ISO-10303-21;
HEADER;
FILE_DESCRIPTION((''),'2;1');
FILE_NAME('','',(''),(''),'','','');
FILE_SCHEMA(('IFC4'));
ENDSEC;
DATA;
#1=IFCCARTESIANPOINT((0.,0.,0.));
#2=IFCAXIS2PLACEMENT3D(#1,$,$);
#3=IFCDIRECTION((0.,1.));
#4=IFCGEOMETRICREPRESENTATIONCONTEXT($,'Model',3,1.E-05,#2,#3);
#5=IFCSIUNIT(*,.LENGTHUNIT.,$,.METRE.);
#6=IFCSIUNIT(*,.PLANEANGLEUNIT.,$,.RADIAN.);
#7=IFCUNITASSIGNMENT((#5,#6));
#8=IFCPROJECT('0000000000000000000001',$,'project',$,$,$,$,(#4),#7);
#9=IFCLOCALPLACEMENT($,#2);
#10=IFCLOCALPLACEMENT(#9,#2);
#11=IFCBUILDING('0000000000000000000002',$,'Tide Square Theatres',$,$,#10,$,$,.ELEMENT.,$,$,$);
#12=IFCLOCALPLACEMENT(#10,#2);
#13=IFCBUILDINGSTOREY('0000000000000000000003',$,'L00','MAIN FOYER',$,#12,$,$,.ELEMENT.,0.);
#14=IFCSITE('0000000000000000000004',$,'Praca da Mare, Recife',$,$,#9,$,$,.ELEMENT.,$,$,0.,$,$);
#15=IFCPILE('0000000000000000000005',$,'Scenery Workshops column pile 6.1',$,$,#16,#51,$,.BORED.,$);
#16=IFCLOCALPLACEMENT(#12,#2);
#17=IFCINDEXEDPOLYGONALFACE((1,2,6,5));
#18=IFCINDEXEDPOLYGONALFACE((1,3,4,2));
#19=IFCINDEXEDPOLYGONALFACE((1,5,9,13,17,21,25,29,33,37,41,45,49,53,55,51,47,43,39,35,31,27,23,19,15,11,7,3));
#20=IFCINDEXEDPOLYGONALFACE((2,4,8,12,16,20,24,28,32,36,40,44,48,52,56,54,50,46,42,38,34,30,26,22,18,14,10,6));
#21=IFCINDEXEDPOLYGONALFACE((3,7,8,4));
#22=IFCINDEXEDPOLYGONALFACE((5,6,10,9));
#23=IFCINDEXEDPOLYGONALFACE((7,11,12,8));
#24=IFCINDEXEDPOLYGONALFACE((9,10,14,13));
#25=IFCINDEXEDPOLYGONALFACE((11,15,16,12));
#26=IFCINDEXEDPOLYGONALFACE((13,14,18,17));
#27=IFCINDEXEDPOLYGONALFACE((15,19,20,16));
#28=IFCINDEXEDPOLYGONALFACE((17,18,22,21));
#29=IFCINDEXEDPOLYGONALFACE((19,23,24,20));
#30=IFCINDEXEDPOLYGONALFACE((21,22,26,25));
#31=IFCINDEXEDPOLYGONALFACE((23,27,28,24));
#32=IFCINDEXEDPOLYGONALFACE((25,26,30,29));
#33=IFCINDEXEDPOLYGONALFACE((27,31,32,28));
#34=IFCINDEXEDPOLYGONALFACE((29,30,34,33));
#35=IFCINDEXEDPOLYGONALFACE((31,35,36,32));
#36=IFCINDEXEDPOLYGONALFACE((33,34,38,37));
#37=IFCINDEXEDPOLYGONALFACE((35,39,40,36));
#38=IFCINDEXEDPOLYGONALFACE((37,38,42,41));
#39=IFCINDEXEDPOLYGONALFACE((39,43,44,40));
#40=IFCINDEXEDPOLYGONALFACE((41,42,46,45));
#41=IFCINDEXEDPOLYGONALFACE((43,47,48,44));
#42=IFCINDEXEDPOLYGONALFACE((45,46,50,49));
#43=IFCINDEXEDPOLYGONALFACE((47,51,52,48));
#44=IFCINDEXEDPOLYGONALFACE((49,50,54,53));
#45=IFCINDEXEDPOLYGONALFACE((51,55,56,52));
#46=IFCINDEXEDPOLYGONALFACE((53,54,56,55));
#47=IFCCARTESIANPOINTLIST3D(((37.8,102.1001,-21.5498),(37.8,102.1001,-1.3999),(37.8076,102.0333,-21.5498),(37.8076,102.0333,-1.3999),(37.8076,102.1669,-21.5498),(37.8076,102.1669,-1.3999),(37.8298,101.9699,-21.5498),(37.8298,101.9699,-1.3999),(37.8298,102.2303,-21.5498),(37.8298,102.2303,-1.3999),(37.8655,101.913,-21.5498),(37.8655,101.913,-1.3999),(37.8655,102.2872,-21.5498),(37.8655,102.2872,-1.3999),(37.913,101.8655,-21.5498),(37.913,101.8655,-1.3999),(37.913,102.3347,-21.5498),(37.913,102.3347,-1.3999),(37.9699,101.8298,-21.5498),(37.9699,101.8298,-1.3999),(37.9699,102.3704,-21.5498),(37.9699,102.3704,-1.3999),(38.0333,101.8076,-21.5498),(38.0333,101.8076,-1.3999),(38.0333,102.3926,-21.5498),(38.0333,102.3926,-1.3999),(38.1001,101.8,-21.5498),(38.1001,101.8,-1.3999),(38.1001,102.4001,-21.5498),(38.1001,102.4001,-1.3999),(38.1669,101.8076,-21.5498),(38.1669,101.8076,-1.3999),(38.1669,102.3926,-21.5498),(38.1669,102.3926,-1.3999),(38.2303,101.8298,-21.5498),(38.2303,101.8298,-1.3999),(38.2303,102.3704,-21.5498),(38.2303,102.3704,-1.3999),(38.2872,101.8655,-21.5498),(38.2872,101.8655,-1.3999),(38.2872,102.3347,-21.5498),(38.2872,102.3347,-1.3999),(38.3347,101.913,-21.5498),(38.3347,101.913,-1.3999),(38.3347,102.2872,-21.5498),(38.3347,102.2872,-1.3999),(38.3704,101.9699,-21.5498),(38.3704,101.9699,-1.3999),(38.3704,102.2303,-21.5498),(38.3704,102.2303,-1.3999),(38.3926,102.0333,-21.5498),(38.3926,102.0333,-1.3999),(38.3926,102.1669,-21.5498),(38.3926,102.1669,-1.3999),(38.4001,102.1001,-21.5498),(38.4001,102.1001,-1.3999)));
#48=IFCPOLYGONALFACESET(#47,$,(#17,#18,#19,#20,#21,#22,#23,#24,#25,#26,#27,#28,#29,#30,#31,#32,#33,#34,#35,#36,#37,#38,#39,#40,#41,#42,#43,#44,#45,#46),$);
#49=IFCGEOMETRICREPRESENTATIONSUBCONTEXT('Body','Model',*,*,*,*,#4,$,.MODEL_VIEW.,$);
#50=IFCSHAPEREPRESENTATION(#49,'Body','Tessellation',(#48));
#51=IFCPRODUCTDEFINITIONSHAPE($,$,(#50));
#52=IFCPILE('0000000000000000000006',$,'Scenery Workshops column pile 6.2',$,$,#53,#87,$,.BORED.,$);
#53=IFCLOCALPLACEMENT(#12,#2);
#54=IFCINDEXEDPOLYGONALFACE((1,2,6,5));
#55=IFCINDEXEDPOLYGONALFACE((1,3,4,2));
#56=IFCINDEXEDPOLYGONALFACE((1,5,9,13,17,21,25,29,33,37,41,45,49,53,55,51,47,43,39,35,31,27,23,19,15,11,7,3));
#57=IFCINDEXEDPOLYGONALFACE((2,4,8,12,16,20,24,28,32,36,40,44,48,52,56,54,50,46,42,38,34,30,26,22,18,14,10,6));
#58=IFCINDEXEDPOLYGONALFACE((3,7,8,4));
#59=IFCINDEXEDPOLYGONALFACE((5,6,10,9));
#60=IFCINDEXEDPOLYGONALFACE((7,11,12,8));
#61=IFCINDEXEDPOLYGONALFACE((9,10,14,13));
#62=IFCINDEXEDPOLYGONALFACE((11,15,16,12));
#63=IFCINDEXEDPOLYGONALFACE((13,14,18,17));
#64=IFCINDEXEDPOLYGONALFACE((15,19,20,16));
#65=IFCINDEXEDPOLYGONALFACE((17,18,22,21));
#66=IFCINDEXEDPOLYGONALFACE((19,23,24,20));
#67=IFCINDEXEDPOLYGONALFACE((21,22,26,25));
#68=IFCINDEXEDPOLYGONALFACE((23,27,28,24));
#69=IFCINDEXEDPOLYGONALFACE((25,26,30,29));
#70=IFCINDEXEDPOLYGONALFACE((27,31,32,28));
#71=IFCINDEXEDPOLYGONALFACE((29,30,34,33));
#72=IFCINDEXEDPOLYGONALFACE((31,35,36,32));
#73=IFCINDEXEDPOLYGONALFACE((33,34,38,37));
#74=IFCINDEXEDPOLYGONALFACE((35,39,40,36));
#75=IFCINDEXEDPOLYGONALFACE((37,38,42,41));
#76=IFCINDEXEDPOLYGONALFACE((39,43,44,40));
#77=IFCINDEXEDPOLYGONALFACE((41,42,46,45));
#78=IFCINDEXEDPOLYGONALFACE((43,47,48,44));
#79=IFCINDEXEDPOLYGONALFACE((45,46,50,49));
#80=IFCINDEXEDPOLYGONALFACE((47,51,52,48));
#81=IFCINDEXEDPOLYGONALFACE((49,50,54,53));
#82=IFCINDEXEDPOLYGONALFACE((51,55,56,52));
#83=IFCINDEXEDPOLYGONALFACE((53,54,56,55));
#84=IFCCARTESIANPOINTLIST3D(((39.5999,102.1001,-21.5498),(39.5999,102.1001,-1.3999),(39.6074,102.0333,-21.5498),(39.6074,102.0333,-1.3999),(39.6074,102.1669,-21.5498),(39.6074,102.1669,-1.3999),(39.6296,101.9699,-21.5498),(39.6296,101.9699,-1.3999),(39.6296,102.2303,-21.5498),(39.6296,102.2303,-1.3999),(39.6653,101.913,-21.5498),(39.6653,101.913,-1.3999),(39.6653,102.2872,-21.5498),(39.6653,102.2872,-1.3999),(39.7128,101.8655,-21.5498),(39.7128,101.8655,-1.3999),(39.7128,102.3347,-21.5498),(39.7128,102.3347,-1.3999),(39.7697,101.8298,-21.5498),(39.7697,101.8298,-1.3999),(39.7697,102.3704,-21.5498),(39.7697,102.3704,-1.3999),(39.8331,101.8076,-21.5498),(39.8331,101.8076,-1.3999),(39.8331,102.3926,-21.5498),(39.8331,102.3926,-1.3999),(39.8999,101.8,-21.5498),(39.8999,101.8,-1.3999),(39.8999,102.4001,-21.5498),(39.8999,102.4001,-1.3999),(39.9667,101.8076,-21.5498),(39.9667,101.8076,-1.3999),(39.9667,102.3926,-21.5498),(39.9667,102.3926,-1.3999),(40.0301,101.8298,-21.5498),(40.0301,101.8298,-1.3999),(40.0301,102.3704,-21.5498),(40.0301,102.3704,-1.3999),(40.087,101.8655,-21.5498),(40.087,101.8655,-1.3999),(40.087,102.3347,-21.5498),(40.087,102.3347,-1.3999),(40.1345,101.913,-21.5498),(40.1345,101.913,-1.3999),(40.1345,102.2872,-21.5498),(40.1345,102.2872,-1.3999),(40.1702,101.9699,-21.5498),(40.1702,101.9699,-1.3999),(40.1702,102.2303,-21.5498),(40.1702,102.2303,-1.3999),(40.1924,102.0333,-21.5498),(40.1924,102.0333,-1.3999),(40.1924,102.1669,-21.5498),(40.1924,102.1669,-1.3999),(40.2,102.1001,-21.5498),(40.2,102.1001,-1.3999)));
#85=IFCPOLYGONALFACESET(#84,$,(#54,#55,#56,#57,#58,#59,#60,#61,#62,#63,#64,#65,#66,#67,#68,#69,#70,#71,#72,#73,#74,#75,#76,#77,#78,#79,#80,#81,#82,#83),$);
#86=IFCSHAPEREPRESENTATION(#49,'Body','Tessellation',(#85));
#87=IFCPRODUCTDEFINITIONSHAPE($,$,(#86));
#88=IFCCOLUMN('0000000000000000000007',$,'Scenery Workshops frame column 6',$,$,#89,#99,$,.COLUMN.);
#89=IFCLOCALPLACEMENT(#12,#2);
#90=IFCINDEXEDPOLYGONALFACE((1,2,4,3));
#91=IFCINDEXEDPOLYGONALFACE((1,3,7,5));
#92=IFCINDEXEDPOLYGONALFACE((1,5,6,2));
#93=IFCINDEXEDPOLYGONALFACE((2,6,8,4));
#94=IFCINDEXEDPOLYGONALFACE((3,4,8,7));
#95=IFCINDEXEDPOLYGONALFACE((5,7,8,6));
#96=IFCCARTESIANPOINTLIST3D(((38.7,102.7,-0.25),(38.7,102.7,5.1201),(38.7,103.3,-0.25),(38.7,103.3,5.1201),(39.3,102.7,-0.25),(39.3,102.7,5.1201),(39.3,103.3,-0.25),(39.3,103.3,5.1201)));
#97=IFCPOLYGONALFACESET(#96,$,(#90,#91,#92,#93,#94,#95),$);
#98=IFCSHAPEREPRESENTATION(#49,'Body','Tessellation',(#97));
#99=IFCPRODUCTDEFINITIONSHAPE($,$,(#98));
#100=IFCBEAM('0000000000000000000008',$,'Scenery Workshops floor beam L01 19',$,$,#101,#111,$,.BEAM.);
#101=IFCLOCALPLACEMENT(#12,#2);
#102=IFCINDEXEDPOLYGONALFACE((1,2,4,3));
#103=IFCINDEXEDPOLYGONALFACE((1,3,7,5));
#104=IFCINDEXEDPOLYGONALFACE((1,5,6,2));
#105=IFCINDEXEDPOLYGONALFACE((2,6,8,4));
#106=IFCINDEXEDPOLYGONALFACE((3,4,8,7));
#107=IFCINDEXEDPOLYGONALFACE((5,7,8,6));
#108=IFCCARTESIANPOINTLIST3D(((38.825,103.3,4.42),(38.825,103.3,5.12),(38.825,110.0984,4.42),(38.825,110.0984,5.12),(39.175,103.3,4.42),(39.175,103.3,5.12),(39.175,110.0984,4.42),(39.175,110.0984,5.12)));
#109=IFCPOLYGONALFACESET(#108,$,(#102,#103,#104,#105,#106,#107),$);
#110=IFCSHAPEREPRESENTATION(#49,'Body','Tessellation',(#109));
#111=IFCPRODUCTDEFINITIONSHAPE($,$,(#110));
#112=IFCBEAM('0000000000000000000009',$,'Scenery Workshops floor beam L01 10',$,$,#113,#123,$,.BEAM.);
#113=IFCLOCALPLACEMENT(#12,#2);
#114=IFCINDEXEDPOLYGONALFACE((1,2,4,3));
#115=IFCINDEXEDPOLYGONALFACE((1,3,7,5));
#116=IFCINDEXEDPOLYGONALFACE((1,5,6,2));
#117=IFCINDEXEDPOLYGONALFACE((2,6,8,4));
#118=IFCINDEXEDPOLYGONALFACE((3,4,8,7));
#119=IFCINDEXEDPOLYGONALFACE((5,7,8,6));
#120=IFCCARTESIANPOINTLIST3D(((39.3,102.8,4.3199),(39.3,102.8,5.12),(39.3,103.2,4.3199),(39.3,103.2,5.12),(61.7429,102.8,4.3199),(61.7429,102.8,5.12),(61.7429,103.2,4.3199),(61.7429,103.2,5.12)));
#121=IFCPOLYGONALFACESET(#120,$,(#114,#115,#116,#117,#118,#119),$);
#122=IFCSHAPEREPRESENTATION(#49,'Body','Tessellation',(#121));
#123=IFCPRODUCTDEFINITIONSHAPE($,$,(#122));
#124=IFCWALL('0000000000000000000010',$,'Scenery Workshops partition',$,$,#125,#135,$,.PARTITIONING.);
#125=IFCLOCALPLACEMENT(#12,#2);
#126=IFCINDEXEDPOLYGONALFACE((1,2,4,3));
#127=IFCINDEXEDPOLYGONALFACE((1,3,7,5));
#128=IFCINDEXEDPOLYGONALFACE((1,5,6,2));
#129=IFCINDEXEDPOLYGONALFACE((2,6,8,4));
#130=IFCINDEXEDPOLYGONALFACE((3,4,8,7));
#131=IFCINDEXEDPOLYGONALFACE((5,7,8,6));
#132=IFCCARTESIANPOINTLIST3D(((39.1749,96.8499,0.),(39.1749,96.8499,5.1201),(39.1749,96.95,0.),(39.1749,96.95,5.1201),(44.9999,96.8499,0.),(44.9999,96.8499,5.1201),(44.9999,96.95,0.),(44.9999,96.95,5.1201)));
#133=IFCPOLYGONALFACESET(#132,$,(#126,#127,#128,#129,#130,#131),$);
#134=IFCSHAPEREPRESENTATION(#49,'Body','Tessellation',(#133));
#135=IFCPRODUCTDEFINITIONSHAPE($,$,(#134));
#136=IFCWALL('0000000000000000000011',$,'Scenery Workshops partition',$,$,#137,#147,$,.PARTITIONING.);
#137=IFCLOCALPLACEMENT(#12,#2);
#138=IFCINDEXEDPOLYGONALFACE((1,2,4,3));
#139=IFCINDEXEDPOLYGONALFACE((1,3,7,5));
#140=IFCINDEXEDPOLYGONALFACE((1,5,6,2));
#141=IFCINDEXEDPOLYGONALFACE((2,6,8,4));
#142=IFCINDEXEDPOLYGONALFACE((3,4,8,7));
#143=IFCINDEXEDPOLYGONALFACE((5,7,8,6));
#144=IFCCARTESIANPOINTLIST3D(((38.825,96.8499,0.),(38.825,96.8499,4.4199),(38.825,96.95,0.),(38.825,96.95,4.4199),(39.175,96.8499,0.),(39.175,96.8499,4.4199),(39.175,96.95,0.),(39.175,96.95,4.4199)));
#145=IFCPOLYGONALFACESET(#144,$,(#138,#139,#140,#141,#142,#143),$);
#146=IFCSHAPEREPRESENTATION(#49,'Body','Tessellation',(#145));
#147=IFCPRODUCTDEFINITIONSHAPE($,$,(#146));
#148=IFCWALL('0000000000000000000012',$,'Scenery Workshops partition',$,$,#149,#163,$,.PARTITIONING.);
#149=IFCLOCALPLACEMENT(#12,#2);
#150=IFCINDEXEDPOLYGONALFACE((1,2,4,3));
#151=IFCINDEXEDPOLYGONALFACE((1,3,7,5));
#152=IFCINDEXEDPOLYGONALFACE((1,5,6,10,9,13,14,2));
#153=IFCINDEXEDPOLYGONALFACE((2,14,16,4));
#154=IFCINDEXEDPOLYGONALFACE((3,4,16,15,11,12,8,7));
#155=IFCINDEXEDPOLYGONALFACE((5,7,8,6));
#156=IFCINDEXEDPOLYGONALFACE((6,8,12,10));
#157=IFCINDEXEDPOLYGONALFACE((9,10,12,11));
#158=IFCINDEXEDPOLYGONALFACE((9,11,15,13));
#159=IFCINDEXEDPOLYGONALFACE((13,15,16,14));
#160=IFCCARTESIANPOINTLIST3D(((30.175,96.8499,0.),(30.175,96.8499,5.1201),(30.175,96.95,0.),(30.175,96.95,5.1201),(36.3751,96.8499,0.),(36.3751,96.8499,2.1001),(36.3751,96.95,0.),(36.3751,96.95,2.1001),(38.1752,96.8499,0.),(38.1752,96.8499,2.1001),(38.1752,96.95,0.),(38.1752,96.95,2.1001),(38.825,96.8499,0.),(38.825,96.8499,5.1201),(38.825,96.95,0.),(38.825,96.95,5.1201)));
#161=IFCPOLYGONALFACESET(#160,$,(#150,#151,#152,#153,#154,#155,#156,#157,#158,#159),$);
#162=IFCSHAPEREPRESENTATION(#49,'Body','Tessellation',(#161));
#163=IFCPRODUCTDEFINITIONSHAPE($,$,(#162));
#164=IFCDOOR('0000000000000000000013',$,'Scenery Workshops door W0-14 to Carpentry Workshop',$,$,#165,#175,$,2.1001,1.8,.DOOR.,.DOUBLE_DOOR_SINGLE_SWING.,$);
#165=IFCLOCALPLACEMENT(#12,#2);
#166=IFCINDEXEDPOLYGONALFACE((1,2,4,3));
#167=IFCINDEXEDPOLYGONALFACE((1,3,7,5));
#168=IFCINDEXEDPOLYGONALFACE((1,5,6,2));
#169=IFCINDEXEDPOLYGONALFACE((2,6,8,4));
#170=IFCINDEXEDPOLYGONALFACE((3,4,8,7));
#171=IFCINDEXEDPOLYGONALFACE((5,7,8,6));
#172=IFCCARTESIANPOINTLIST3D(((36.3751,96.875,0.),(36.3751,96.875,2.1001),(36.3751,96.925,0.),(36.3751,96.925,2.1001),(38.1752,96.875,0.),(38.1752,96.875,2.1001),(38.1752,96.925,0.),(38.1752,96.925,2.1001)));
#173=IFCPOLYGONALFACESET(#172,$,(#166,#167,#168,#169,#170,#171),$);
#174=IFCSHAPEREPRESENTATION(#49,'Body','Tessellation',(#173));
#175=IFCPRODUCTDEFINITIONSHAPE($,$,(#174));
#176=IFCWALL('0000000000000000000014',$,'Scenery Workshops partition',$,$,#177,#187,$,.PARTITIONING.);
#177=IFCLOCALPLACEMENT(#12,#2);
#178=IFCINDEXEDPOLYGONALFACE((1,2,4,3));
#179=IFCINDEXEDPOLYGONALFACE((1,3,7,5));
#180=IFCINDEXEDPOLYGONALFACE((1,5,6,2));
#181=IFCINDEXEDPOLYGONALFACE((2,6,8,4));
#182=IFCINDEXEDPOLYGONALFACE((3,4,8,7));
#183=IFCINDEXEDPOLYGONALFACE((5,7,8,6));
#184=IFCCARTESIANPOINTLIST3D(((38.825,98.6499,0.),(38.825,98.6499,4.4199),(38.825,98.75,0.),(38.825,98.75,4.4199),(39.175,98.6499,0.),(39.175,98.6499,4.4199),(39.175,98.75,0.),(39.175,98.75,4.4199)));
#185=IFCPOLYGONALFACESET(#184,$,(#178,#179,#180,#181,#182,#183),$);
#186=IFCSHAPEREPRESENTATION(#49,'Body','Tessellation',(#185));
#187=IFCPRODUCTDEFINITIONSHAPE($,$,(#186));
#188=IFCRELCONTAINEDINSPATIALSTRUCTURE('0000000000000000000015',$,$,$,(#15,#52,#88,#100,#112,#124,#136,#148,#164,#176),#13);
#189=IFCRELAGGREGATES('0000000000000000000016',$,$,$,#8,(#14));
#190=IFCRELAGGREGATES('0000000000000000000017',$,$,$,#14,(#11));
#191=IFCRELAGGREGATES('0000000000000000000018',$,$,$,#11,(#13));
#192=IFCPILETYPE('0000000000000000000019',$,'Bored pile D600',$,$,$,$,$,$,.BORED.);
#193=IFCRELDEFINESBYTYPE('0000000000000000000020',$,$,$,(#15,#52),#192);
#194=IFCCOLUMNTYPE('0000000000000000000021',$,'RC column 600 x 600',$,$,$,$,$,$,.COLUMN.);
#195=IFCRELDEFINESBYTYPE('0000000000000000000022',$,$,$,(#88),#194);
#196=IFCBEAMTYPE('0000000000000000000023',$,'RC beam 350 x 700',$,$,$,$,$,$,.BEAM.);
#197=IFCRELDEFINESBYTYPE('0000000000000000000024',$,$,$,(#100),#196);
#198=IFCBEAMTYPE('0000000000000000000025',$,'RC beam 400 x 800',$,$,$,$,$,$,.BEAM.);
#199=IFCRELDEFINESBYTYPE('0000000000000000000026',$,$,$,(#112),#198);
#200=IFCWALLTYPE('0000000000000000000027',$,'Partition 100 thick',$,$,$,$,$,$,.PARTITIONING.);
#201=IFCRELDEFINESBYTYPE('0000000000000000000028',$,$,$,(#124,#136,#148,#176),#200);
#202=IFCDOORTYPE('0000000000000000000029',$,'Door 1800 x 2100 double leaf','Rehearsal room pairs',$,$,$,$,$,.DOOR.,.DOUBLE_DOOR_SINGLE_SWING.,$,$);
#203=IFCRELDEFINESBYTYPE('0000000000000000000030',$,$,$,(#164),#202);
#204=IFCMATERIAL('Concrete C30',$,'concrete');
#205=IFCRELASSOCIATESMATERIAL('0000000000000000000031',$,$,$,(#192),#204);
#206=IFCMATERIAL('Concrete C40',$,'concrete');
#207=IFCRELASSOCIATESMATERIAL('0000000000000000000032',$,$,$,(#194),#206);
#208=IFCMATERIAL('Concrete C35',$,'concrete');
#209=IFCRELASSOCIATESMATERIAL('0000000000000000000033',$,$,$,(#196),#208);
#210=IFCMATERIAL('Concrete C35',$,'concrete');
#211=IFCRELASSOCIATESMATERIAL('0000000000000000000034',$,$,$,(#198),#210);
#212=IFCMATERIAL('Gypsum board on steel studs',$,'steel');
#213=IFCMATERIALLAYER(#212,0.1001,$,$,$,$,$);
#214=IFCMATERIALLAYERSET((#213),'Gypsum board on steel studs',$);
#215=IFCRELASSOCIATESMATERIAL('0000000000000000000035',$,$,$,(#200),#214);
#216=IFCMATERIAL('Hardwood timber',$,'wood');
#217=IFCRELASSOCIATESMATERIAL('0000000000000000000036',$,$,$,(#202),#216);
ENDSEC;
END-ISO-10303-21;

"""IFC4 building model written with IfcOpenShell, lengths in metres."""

from ifc_helpers import new_model, si_unit, direction, frame, frame_2d, origin, origin_2d, place, context, subcontext, project, spatial, rectangle, circle, extrude, material, layer, layer_set, material_profile, profile_set, type_object, element, fill, save


model = new_model("IFC4")

# Units and contexts
model_context = context("Model", 3, precision=1e-05, world=origin(), true_north=direction((0.0, 1.0)))
body_context = subcontext(model_context, "Body", "Model", "MODEL_VIEW")
ifc_project = project(units=[si_unit("LENGTHUNIT", "METRE"), si_unit("PLANEANGLEUNIT", "RADIAN")], contexts=[model_context])

# Site, building, storey
site_placement = place(None, origin())
site = spatial("IfcSite", under=ifc_project, at=site_placement, Name="Praca da Mare, Recife", CompositionType="ELEMENT", RefElevation=0.0)
building_placement = place(site_placement, origin())
building = spatial("IfcBuilding", under=site, at=building_placement, Name="Tide Square Theatres", CompositionType="ELEMENT")
storey_placement = place(building_placement, origin())
storey = spatial("IfcBuildingStorey", under=building, at=storey_placement, Name="L00", Description="MAIN FOYER", CompositionType="ELEMENT", Elevation=0.0)

# Piles
ifc_material_1 = material(Name="Concrete C30", Category="concrete")
ifc_material_profile_1 = material_profile(ifc_material_1, circle(Radius=0.3, at=origin_2d()))
ifc_profile_set_1 = profile_set([ifc_material_profile_1], Name="Concrete C30")
pile_type = type_object("IfcPileType", Name="Bored pile D600", PredefinedType="BORED", material=ifc_profile_set_1)
for number, where, z_axis, x_axis, name in (
    (1, (38.1001, 102.1001, -1.3999), (0.0, 0.0, -1.0), (1.0, 0.0, 0.0), "Scenery Workshops column pile 6.1"),
    (2, (39.8999, 102.1001, -1.3999), (0.0, 0.0, -1.0), (1.0, 0.0, 0.0), "Scenery Workshops column pile 6.2"),
):
    element("IfcPile", number, at=place(storey_placement, frame(where, z_axis=z_axis, x_axis=x_axis)), inside=storey, type_object=pile_type, Name=name, PredefinedType="BORED", context=body_context, shape_type="SweptSolid", body=[
        extrude(circle(Radius=0.3, at=origin_2d()), origin(), (0.0, 0.0, 1.0), 20.1499),
    ])

# Column
ifc_material_2 = material(Name="Concrete C40", Category="concrete")
ifc_material_profile_2 = material_profile(ifc_material_2, rectangle(XDim=0.6001, YDim=0.6001, at=origin_2d()))
ifc_profile_set_2 = profile_set([ifc_material_profile_2], Name="Concrete C40")
column_type = type_object("IfcColumnType", Name="RC column 600 x 600", PredefinedType="COLUMN", material=ifc_profile_set_2)
column_placement = place(storey_placement, frame((39.0, 103.0, -0.25), z_axis=(0.0, 0.0, 1.0), x_axis=(1.0, 0.0, 0.0)))
element("IfcColumn", 3, at=column_placement, inside=storey, type_object=column_type, Name="Scenery Workshops frame column 6", PredefinedType="COLUMN", context=body_context, shape_type="SweptSolid", body=[
    extrude(rectangle(XDim=0.6001, YDim=0.6001, at=origin_2d()), origin(), (0.0, 0.0, 1.0), 5.3701),
])

# Beams
ifc_material_3 = material(Name="Concrete C35", Category="concrete")
ifc_material_profile_3 = material_profile(ifc_material_3, rectangle(XDim=0.3501, YDim=0.7, at=origin_2d()))
ifc_profile_set_3 = profile_set([ifc_material_profile_3], Name="Concrete C35")
beam_type_1 = type_object("IfcBeamType", Name="RC beam 350 x 700", PredefinedType="BEAM", material=ifc_profile_set_3)
beam_1_placement = place(storey_placement, frame((39.0, 103.3, 4.77), z_axis=(0.0, 1.0, 0.0), x_axis=(-1.0, 0.0, 0.0)))
element("IfcBeam", 4, at=beam_1_placement, inside=storey, type_object=beam_type_1, Name="Scenery Workshops floor beam L01 19", PredefinedType="BEAM", context=body_context, shape_type="SweptSolid", body=[
    extrude(rectangle(XDim=0.3501, YDim=0.7, at=origin_2d()), origin(), (0.0, 0.0, 1.0), 6.7983),
])
ifc_material_4 = material(Name="Concrete C35", Category="concrete")
ifc_material_profile_4 = material_profile(ifc_material_4, rectangle(XDim=0.3999, YDim=0.8, at=origin_2d()))
ifc_profile_set_4 = profile_set([ifc_material_profile_4], Name="Concrete C35")
beam_type_2 = type_object("IfcBeamType", Name="RC beam 400 x 800", PredefinedType="BEAM", material=ifc_profile_set_4)
beam_2_placement = place(storey_placement, frame((39.3, 103.0, 4.72), z_axis=(1.0, 0.0, 0.0), x_axis=(0.0, 1.0, 0.0)))
element("IfcBeam", 5, at=beam_2_placement, inside=storey, type_object=beam_type_2, Name="Scenery Workshops floor beam L01 10", PredefinedType="BEAM", context=body_context, shape_type="SweptSolid", body=[
    extrude(rectangle(XDim=0.3999, YDim=0.8, at=origin_2d()), origin(), (0.0, 0.0, 1.0), 22.4429),
])

# Walls
ifc_material_5 = material(Name="Gypsum board on steel studs", Category="steel")
ifc_layer = layer(ifc_material_5, 0.1001)
ifc_layer_set = layer_set([ifc_layer], Name="Gypsum board on steel studs")
wall_type = type_object("IfcWallType", Name="Partition 100 thick", PredefinedType="PARTITIONING", material=ifc_layer_set)
wall_1_placement = place(storey_placement, frame((45.0, 96.8999, 0.0), z_axis=(0.0, 0.0, 1.0), x_axis=(-1.0, 0.0, 0.0)))
element("IfcWall", 6, at=wall_1_placement, inside=storey, type_object=wall_type, Name="Scenery Workshops partition", PredefinedType="PARTITIONING", context=body_context, shape_type="SweptSolid", body=[
    extrude(rectangle(XDim=5.825, YDim=0.1001, at=frame_2d((2.9126, 0.0))), origin(), (0.0, 0.0, 1.0), 5.1201),
])
wall_2_placement = place(storey_placement, frame((39.175, 96.8999, 0.0), z_axis=(0.0, 0.0, 1.0), x_axis=(-1.0, 0.0, 0.0)))
element("IfcWall", 7, at=wall_2_placement, inside=storey, type_object=wall_type, Name="Scenery Workshops partition", PredefinedType="PARTITIONING", context=body_context, shape_type="SweptSolid", body=[
    extrude(rectangle(XDim=0.3501, YDim=0.1001, at=frame_2d((0.175, 0.0))), origin(), (0.0, 0.0, 1.0), 4.4199),
])

# Wall, opening, door
wall_3_placement = place(storey_placement, frame((38.825, 96.8999, 0.0), z_axis=(0.0, 0.0, 1.0), x_axis=(-1.0, 0.0, 0.0)))
wall_3 = element("IfcWall", 8, at=wall_3_placement, inside=storey, type_object=wall_type, Name="Scenery Workshops partition", PredefinedType="PARTITIONING", context=body_context, shape_type="SweptSolid", body=[
    extrude(rectangle(XDim=8.6499, YDim=0.1001, at=frame_2d((4.325, 0.0))), origin(), (0.0, 0.0, 1.0), 5.1201),
])
opening_1_placement = place(wall_3_placement, frame((0.6499, 0.0, 0.0)))
opening_1 = element("IfcOpeningElement", 9, at=opening_1_placement, cuts=wall_3, PredefinedType="OPENING", context=body_context, shape_type="SweptSolid", body=[
    extrude(rectangle(XDim=1.8, YDim=2.1001, at=frame_2d((0.8999, 1.05))), frame((0.0, 0.0601, 0.0), z_axis=(0.0, -1.0, 0.0), x_axis=(1.0, 0.0, 0.0)), (0.0, 0.0, 1.0), 0.1201),
])
ifc_material_6 = material(Name="Hardwood timber", Category="wood")
door_type_1 = type_object("IfcDoorType", Name="Door 1800 x 2100 double leaf", Description="Rehearsal room pairs", OperationType="DOUBLE_DOOR_SINGLE_SWING", PredefinedType="DOOR", material=ifc_material_6)
door_1_placement = place(opening_1_placement, origin())
door_1 = element("IfcDoor", 10, at=door_1_placement, inside=storey, type_object=door_type_1, Name="Scenery Workshops door W0-14 to Carpentry Workshop", OperationType="DOUBLE_DOOR_SINGLE_SWING", OverallHeight=2.1001, OverallWidth=1.8, PredefinedType="DOOR", context=body_context, shape_type="SweptSolid", body=[
    extrude(rectangle(XDim=1.8, YDim=2.1001, at=frame_2d((0.8999, 1.05))), frame((0.0, 0.0249, 0.0), z_axis=(0.0, -1.0, 0.0), x_axis=(1.0, 0.0, 0.0)), (0.0, 0.0, 1.0), 0.05),
])
fill(opening_1, door_1)

# Wall
wall_4_placement = place(storey_placement, frame((38.825, 98.7, 0.0), z_axis=(0.0, 0.0, 1.0), x_axis=(1.0, 0.0, 0.0)))
element("IfcWall", 11, at=wall_4_placement, inside=storey, type_object=wall_type, Name="Scenery Workshops partition", PredefinedType="PARTITIONING", context=body_context, shape_type="SweptSolid", body=[
    extrude(rectangle(XDim=0.3501, YDim=0.1001, at=frame_2d((0.175, 0.0))), origin(), (0.0, 0.0, 1.0), 4.4199),
])

save(model, "model.ifc")
